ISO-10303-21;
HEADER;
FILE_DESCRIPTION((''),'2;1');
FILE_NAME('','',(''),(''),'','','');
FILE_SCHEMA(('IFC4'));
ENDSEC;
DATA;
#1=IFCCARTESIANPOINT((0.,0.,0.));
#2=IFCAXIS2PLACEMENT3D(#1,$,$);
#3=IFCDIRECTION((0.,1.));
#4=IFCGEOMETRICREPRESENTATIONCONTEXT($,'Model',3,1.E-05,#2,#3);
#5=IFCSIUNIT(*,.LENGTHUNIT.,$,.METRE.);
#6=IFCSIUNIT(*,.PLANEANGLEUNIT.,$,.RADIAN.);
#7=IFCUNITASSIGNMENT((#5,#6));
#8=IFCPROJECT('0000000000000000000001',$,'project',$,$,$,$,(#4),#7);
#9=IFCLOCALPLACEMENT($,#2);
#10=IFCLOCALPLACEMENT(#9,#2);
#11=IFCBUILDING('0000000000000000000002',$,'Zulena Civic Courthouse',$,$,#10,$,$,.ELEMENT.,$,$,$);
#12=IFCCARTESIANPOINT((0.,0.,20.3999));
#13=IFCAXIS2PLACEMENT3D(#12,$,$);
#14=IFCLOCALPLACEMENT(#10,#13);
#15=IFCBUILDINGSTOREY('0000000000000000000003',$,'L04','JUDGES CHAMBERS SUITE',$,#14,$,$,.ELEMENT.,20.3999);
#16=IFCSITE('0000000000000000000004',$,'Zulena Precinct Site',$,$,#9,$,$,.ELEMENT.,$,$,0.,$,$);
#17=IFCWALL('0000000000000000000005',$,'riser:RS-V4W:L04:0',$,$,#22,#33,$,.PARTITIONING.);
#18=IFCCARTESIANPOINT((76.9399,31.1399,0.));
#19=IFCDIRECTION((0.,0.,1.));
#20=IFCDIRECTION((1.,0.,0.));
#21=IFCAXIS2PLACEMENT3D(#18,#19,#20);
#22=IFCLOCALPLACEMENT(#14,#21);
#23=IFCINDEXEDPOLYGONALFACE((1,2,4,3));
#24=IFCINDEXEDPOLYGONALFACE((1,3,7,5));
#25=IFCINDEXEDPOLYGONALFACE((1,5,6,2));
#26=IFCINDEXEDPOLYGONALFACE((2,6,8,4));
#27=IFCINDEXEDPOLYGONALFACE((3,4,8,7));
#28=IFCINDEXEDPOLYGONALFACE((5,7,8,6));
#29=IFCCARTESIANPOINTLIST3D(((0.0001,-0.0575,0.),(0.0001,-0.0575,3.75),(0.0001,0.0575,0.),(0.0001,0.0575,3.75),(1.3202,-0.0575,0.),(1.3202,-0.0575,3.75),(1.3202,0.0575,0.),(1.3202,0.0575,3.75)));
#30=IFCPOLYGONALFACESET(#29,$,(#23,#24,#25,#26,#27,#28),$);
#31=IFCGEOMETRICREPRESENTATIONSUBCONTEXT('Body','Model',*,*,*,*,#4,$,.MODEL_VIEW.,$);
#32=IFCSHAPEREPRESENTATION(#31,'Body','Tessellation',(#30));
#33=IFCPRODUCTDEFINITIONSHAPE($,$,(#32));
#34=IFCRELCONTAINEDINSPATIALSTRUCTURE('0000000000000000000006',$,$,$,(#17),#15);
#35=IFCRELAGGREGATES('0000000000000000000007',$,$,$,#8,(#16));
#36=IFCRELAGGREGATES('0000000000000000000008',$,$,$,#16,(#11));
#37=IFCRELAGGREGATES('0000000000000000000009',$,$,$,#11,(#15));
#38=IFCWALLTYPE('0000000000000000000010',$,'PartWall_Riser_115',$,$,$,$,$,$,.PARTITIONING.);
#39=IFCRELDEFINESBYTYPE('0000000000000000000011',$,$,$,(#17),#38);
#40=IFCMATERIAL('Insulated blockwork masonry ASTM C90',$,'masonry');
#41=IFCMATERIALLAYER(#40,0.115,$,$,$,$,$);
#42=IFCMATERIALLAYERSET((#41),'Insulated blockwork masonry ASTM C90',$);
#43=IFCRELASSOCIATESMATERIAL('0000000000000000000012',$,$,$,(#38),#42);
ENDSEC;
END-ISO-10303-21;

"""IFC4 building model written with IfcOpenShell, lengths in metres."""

from ifc_helpers import new_model, si_unit, direction, frame, frame_2d, origin, place, context, subcontext, project, spatial, rectangle, extrude, material, layer, layer_set, type_object, element, save


model = new_model("IFC4")

# Units and contexts
model_context = context("Model", 3, precision=1e-05, world=origin(), true_north=direction((0.0, 1.0)))
body_context = subcontext(model_context, "Body", "Model", "MODEL_VIEW")
ifc_project = project(units=[si_unit("LENGTHUNIT", "METRE"), si_unit("PLANEANGLEUNIT", "RADIAN")], contexts=[model_context])

# Site, building, storey
site_placement = place(None, origin())
site = spatial("IfcSite", under=ifc_project, at=site_placement, Name="Zulena Precinct Site", CompositionType="ELEMENT", RefElevation=0.0)
building_placement = place(site_placement, origin())
building = spatial("IfcBuilding", under=site, at=building_placement, Name="Zulena Civic Courthouse", CompositionType="ELEMENT")
storey_placement = place(building_placement, frame((0.0, 0.0, 20.3999)))
storey = spatial("IfcBuildingStorey", under=building, at=storey_placement, Name="L04", Description="JUDGES CHAMBERS SUITE", CompositionType="ELEMENT", Elevation=20.3999)

# Wall
ifc_material_1 = material(Name="Insulated blockwork masonry ASTM C90", Category="masonry")
ifc_layer_1 = layer(ifc_material_1, 0.115)
ifc_layer_set_1 = layer_set([ifc_layer_1], Name="Insulated blockwork masonry ASTM C90")
wall_type_1 = type_object("IfcWallType", Name="PartWall_Riser_115", PredefinedType="PARTITIONING", material=ifc_layer_set_1)
for number, where, z_axis, x_axis, name in (
    (1, (76.9399, 31.1399, 0.0), (0.0, 0.0, 1.0), (1.0, 0.0, 0.0), "riser:RS-V4W:L04:0"),
):
    element("IfcWall", number, at=place(storey_placement, frame(where, z_axis=z_axis, x_axis=x_axis)), inside=storey, type_object=wall_type_1, Name=name, PredefinedType="PARTITIONING", context=body_context, shape_type="SweptSolid", body=[
        extrude(rectangle(XDim=1.3201, YDim=0.115, at=frame_2d((0.6602, 0.0))), origin(), (0.0, 0.0, 1.0), 3.75),
    ])

save(model, "model.ifc")
